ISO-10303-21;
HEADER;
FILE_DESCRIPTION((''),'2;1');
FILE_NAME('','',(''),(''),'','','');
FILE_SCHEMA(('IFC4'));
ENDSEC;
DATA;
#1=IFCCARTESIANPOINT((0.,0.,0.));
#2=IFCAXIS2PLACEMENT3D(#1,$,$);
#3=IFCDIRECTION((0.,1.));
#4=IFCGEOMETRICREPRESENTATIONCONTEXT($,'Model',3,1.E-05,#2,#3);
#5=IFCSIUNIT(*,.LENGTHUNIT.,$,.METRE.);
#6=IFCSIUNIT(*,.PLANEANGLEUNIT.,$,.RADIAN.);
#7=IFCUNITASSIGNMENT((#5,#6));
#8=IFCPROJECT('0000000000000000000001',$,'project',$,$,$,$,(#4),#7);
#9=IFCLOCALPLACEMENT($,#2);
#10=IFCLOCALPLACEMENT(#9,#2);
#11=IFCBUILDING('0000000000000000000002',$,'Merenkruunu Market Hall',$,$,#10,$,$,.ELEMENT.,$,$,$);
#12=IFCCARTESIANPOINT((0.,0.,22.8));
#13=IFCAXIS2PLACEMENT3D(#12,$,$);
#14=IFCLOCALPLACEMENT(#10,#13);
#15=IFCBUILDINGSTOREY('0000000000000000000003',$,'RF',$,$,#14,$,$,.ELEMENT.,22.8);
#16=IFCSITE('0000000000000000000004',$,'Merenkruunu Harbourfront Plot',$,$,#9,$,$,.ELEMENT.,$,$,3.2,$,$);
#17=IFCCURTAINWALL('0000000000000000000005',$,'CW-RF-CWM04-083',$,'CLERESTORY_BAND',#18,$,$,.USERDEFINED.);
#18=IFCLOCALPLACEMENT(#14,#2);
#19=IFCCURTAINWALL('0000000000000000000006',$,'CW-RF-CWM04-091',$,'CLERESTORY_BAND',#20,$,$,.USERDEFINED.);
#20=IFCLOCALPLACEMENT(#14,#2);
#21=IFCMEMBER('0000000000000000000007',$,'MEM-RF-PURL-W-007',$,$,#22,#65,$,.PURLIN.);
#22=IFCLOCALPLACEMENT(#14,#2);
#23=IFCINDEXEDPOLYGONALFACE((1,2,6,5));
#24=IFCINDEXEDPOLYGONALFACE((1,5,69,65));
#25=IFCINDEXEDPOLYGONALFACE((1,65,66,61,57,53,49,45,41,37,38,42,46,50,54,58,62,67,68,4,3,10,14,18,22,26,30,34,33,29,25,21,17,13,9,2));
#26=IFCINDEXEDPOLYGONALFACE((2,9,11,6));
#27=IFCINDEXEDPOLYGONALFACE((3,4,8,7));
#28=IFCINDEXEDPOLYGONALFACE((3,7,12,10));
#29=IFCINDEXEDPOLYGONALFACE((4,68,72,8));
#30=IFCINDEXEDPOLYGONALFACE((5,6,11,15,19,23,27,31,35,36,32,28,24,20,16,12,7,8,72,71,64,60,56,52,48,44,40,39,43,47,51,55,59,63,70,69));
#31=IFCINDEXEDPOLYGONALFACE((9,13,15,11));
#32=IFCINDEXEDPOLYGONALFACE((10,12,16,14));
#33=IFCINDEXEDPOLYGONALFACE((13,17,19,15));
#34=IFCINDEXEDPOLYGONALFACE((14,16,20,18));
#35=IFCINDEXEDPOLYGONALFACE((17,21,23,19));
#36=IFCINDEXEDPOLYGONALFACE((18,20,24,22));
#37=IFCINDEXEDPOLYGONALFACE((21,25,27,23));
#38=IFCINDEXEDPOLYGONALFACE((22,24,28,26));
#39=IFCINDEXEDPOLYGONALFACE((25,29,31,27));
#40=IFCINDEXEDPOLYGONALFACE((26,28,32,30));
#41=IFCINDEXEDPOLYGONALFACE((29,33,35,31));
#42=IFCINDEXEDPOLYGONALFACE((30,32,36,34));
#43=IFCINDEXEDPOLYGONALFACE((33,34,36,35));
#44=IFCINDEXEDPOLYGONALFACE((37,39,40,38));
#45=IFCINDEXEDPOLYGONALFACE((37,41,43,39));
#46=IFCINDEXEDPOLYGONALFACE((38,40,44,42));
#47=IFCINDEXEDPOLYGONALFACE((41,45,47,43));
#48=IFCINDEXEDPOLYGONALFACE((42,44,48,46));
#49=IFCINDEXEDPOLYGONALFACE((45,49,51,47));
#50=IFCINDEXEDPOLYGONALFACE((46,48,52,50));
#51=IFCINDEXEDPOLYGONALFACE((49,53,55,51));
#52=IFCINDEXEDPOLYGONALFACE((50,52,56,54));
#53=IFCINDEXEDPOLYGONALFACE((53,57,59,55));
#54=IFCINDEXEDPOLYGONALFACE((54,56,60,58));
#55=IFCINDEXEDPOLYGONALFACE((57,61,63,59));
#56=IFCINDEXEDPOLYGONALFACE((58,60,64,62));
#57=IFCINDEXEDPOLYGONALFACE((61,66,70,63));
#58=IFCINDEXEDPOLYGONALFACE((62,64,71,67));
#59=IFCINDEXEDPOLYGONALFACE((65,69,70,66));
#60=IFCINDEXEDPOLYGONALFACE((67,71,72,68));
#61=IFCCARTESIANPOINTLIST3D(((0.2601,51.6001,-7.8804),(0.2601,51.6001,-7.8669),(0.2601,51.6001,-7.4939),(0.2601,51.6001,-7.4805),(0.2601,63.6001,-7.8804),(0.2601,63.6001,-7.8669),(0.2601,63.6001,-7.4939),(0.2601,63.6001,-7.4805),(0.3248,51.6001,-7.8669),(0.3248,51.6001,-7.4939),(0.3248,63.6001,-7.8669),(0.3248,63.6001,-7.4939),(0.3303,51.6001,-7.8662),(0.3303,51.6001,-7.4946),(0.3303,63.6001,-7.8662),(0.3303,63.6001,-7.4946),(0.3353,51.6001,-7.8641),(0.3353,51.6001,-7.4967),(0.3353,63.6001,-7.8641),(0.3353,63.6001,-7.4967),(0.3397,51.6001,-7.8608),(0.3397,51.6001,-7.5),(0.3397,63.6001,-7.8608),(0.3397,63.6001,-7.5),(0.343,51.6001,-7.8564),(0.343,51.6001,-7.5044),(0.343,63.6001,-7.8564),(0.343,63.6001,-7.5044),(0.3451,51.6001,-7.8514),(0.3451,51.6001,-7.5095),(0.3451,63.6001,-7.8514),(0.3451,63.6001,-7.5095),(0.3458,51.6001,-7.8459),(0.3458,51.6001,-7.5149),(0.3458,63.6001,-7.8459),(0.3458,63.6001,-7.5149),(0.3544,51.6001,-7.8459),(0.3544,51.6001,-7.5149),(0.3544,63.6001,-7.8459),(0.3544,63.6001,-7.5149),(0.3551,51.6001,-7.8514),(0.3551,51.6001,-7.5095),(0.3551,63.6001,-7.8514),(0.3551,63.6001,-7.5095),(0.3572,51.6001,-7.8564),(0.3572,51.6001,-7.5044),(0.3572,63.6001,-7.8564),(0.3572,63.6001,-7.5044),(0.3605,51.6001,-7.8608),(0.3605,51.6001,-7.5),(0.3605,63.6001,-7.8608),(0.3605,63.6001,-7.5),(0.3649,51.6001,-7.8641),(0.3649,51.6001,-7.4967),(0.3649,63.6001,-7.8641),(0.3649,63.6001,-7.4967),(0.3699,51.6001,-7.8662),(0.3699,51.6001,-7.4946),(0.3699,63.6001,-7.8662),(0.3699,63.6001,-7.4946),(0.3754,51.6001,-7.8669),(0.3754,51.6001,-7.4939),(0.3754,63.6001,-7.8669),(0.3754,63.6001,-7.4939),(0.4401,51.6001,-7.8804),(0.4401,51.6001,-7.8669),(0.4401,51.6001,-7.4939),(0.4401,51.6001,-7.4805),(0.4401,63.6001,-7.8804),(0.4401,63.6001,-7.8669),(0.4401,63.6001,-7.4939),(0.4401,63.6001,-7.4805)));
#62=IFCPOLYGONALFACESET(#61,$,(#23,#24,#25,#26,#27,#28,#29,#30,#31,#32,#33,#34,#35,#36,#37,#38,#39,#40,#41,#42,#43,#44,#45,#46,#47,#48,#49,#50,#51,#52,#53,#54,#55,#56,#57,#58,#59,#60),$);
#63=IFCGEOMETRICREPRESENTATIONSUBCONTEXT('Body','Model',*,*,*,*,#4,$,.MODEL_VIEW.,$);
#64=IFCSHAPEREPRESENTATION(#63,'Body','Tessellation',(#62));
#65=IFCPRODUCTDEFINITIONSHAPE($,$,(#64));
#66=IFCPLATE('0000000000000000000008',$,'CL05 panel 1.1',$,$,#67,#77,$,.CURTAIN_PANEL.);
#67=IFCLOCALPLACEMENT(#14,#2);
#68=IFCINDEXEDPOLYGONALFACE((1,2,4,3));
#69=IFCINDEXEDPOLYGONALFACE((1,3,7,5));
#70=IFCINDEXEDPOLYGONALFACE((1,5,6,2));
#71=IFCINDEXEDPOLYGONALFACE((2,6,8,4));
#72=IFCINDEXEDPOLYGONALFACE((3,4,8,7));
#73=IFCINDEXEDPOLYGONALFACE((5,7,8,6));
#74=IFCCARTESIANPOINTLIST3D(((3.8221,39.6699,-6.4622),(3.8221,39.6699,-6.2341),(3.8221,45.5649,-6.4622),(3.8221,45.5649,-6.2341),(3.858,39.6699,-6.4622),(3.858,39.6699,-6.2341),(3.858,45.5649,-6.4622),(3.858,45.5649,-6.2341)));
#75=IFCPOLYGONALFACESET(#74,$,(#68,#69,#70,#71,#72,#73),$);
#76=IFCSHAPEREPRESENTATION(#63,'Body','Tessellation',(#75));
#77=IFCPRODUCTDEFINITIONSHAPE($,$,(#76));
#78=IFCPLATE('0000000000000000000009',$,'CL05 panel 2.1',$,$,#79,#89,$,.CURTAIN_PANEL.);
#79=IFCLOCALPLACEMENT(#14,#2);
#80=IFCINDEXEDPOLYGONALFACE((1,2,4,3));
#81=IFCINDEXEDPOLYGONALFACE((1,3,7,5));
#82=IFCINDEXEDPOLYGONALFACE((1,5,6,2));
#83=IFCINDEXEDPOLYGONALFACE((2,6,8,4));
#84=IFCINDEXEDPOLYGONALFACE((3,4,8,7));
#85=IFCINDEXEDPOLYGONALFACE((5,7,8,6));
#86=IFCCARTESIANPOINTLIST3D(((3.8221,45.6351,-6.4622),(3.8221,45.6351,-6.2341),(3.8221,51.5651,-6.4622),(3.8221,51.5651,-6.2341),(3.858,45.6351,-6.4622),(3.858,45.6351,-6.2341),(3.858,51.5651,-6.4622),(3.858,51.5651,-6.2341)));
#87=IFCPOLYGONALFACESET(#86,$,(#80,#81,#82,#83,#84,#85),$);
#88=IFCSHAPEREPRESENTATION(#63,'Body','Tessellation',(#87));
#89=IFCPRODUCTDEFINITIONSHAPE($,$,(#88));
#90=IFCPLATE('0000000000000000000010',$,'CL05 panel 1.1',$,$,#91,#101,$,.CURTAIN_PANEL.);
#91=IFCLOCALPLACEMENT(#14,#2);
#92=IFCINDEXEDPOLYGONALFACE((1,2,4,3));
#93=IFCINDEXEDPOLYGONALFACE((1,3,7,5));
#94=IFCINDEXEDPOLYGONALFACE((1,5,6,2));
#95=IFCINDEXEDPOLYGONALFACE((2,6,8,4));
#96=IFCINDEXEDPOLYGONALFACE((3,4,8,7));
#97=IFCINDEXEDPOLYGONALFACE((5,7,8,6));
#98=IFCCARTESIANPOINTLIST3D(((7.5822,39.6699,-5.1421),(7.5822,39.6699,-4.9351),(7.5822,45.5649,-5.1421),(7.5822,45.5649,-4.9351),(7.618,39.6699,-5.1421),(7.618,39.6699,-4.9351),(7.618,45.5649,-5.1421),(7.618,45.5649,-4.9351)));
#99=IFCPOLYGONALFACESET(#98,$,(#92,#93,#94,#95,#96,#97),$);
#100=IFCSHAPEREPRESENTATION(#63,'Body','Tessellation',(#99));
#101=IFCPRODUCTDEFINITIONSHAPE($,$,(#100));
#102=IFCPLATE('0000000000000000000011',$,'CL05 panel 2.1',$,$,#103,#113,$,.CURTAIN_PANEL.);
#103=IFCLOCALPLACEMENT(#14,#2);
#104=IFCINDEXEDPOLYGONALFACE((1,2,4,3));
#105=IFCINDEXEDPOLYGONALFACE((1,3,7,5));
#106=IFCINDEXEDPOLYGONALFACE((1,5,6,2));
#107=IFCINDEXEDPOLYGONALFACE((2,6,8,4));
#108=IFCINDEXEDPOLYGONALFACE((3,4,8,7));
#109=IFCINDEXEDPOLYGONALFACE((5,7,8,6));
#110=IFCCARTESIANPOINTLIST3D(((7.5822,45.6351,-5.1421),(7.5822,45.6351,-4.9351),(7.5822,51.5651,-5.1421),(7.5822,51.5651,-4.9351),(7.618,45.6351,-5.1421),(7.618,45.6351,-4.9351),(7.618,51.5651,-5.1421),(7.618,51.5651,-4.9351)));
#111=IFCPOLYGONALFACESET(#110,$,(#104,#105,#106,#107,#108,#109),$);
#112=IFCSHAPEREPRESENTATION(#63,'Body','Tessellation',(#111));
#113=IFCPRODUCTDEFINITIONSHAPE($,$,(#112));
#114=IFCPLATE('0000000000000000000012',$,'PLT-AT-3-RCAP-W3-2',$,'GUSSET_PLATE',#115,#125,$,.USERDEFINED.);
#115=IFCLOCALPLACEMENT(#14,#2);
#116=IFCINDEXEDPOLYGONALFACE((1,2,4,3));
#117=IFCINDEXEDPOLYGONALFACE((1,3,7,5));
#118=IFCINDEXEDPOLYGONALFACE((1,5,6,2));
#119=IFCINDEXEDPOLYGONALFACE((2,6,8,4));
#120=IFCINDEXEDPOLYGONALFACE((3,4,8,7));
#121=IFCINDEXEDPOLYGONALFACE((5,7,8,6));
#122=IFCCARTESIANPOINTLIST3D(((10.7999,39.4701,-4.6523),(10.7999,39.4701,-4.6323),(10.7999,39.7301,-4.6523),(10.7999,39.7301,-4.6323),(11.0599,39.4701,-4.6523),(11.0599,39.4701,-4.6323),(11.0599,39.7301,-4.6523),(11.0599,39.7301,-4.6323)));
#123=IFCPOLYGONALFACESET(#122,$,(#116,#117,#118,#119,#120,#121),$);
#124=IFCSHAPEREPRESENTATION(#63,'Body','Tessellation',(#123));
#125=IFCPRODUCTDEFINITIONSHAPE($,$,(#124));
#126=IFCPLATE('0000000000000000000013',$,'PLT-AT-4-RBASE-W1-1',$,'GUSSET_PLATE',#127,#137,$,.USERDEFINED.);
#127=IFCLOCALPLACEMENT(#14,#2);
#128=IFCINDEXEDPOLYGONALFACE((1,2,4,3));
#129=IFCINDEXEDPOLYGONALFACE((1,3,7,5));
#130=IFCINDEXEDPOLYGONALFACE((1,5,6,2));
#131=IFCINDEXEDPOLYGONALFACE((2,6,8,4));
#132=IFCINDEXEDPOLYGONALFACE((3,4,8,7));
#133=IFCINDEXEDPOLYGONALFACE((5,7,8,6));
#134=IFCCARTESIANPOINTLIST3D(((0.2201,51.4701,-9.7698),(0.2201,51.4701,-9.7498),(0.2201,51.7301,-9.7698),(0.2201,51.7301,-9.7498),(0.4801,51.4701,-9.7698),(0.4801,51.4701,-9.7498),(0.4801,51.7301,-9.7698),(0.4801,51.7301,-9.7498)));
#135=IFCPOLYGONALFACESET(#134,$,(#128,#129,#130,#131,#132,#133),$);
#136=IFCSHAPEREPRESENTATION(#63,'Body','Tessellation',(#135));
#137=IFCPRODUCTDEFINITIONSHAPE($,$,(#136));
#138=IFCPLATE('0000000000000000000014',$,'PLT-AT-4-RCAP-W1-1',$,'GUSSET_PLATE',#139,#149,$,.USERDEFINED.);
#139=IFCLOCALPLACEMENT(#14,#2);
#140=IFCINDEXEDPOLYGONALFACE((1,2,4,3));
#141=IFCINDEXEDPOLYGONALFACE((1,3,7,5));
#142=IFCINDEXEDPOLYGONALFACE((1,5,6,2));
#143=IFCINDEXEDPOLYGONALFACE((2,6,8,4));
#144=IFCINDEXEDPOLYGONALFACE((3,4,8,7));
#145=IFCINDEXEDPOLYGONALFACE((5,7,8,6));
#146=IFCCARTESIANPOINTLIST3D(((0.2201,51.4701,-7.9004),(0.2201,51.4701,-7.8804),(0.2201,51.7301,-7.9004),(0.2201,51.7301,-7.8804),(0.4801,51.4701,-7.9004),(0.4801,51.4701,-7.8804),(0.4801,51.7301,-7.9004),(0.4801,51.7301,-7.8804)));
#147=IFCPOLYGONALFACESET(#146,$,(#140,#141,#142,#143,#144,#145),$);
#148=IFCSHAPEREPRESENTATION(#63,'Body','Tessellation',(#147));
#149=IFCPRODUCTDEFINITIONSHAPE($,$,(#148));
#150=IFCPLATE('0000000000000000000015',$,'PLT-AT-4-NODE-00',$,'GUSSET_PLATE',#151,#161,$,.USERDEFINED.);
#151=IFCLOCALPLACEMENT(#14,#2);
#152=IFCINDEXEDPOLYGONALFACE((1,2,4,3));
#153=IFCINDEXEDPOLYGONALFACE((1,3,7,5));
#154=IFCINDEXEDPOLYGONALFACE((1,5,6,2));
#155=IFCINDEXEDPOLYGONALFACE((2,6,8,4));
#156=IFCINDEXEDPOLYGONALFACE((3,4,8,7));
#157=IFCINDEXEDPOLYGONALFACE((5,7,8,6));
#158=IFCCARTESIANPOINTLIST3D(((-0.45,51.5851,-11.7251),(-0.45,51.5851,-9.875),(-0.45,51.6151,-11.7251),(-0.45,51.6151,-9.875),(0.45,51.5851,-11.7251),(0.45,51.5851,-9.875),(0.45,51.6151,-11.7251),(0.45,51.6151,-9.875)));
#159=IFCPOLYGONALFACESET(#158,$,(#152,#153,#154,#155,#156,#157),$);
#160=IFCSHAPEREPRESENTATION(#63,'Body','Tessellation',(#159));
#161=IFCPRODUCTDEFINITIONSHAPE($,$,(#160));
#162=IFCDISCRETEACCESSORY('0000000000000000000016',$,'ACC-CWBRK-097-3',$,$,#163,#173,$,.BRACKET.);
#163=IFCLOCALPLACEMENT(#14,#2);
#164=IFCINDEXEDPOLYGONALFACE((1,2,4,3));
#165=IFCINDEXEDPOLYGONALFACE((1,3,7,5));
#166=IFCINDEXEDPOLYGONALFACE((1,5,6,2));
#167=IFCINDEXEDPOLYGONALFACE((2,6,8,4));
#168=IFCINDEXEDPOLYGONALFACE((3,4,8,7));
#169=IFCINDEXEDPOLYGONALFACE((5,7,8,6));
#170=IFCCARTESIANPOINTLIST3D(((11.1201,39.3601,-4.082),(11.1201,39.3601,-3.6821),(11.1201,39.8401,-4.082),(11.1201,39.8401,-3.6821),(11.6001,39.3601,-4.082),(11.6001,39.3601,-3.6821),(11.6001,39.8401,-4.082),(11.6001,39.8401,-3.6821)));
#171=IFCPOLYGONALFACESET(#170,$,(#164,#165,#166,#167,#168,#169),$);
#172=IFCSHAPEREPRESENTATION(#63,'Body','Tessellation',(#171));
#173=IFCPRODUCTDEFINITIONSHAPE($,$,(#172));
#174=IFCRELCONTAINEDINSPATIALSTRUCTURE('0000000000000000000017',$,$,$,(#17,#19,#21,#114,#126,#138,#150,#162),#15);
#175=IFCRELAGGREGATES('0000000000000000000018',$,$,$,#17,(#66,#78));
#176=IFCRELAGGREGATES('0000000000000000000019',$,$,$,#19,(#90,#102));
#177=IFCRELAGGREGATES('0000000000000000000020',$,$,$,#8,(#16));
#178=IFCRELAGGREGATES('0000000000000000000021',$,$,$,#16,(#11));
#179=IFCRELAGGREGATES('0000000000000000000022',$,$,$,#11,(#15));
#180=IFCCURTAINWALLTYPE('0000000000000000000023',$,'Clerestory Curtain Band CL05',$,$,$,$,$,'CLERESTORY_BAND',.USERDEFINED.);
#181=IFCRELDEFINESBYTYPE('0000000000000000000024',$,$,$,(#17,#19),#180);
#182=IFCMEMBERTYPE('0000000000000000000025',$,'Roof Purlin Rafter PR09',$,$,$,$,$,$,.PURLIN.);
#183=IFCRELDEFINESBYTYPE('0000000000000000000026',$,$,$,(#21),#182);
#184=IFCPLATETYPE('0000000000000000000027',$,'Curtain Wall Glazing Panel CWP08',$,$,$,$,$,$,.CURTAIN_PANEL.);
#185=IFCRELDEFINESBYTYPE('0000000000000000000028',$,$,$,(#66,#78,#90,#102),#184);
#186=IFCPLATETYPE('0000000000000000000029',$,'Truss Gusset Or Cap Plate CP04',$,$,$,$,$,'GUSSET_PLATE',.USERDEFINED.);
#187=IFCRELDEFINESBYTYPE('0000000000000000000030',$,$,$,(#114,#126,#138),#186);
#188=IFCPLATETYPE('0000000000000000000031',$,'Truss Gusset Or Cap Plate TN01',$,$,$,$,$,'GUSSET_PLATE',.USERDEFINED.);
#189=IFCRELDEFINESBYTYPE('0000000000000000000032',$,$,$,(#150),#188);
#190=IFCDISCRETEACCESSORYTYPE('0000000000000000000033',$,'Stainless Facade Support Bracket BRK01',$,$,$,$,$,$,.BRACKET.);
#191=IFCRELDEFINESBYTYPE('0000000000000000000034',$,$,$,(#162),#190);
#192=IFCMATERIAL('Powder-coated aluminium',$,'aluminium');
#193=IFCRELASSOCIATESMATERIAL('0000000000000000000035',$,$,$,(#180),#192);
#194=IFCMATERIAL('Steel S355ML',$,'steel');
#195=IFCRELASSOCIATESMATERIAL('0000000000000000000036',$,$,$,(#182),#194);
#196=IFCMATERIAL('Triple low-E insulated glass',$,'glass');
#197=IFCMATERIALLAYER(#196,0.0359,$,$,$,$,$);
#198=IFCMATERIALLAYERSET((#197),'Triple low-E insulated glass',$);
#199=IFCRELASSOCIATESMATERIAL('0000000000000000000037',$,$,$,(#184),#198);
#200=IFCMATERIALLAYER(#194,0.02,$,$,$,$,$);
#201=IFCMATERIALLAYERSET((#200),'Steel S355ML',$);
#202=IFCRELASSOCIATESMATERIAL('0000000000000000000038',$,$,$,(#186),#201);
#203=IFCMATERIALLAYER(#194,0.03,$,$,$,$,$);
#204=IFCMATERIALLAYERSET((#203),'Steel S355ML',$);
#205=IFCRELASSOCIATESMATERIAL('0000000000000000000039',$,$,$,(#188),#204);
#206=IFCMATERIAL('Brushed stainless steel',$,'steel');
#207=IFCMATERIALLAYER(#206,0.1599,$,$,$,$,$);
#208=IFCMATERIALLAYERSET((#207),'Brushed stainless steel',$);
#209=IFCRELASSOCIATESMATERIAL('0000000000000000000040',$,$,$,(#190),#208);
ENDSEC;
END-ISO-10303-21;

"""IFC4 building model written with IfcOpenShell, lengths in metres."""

from ifc_helpers import new_model, si_unit, direction, frame, origin, origin_2d, place, context, subcontext, project, spatial, rectangle, i_section, extrude, material, layer, layer_set, material_profile, profile_set, type_object, element, aggregate, save


model = new_model("IFC4")

# Units and contexts
model_context = context("Model", 3, precision=1e-05, world=origin(), true_north=direction((0.0, 1.0)))
body_context = subcontext(model_context, "Body", "Model", "MODEL_VIEW")
ifc_project = project(units=[si_unit("LENGTHUNIT", "METRE"), si_unit("PLANEANGLEUNIT", "RADIAN")], contexts=[model_context])

# Site, building, storey
site_placement = place(None, origin())
site = spatial("IfcSite", under=ifc_project, at=site_placement, Name="Merenkruunu Harbourfront Plot", CompositionType="ELEMENT", RefElevation=3.2)
building_placement = place(site_placement, origin())
building = spatial("IfcBuilding", under=site, at=building_placement, Name="Merenkruunu Market Hall", CompositionType="ELEMENT")
storey_placement = place(building_placement, frame((0.0, 0.0, 22.8)))
storey = spatial("IfcBuildingStorey", under=building, at=storey_placement, Name="RF", CompositionType="ELEMENT", Elevation=22.8)

# Shared definitions
ifc_material_1 = material(Name="Steel S355ML", Category="steel")

# Curtain walls
ifc_material_2 = material(Name="Powder-coated aluminium", Category="aluminium")
curtain_wall_type = type_object("IfcCurtainWallType", Name="Clerestory Curtain Band CL05", ElementType="CLERESTORY_BAND", PredefinedType="USERDEFINED", material=ifc_material_2)
curtain_wall_1_placement = place(storey_placement, origin())
curtain_wall_1 = element("IfcCurtainWall", 1, at=curtain_wall_1_placement, inside=storey, type_object=curtain_wall_type, Name="CW-RF-CWM04-083", ObjectType="CLERESTORY_BAND", PredefinedType="USERDEFINED")
curtain_wall_2_placement = place(storey_placement, origin())
curtain_wall_2 = element("IfcCurtainWall", 2, at=curtain_wall_2_placement, inside=storey, type_object=curtain_wall_type, Name="CW-RF-CWM04-091", ObjectType="CLERESTORY_BAND", PredefinedType="USERDEFINED")

# Member
ifc_material_profile_1 = material_profile(ifc_material_1, i_section(OverallWidth=0.1799, OverallDepth=0.3999, WebThickness=0.0085, FlangeThickness=0.0134, FilletRadius=0.021, at=origin_2d()), Name="IPE 400")
ifc_profile_set_1 = profile_set([ifc_material_profile_1], Name="Steel S355ML")
member_type_1 = type_object("IfcMemberType", Name="Roof Purlin Rafter PR09", PredefinedType="PURLIN", material=ifc_profile_set_1)
member_1_placement = place(storey_placement, frame((0.3501, 51.6001, -7.6804), z_axis=(0.0, 1.0, 0.0), x_axis=(-1.0, 0.0, 0.0)))
element("IfcMember", 3, at=member_1_placement, inside=storey, type_object=member_type_1, Name="MEM-RF-PURL-W-007", PredefinedType="PURLIN", context=body_context, shape_type="SweptSolid", body=[
    extrude(i_section(OverallWidth=0.1799, OverallDepth=0.3999, WebThickness=0.0085, FlangeThickness=0.0134, FilletRadius=0.021, at=origin_2d()), origin(), (0.0, 0.0, 1.0), 12.0),
])

# Plates
ifc_material_3 = material(Name="Triple low-E insulated glass", Category="glass")
ifc_layer_1 = layer(ifc_material_3, 0.0359)
ifc_layer_set_1 = layer_set([ifc_layer_1], Name="Triple low-E insulated glass")
plate_type_1 = type_object("IfcPlateType", Name="Curtain Wall Glazing Panel CWP08", PredefinedType="CURTAIN_PANEL", material=ifc_layer_set_1)
plate_1_placement = place(storey_placement, frame((3.8401, 42.6174, -6.4622), z_axis=(0.0, 0.0, 1.0), x_axis=(0.0, 1.0, 0.0)))
plate_1 = element("IfcPlate", 4, at=plate_1_placement, type_object=plate_type_1, Name="CL05 panel 1.1", PredefinedType="CURTAIN_PANEL", context=body_context, shape_type="SweptSolid", body=[
    extrude(rectangle(XDim=5.895, YDim=0.0359, at=origin_2d()), origin(), (0.0, 0.0, 1.0), 0.228),
])
plate_2_placement = place(storey_placement, frame((3.8401, 48.6001, -6.4622), z_axis=(0.0, 0.0, 1.0), x_axis=(0.0, 1.0, 0.0)))
plate_2 = element("IfcPlate", 5, at=plate_2_placement, type_object=plate_type_1, Name="CL05 panel 2.1", PredefinedType="CURTAIN_PANEL", context=body_context, shape_type="SweptSolid", body=[
    extrude(rectangle(XDim=5.9299, YDim=0.0359, at=origin_2d()), origin(), (0.0, 0.0, 1.0), 0.228),
])
aggregate(curtain_wall_1, [plate_1, plate_2])
plate_3_placement = place(storey_placement, frame((7.6001, 42.6174, -5.1421), z_axis=(0.0, 0.0, 1.0), x_axis=(0.0, 1.0, 0.0)))
plate_3 = element("IfcPlate", 6, at=plate_3_placement, type_object=plate_type_1, Name="CL05 panel 1.1", PredefinedType="CURTAIN_PANEL", context=body_context, shape_type="SweptSolid", body=[
    extrude(rectangle(XDim=5.895, YDim=0.0359, at=origin_2d()), origin(), (0.0, 0.0, 1.0), 0.207),
])
plate_4_placement = place(storey_placement, frame((7.6001, 48.6001, -5.1421), z_axis=(0.0, 0.0, 1.0), x_axis=(0.0, 1.0, 0.0)))
plate_4 = element("IfcPlate", 7, at=plate_4_placement, type_object=plate_type_1, Name="CL05 panel 2.1", PredefinedType="CURTAIN_PANEL", context=body_context, shape_type="SweptSolid", body=[
    extrude(rectangle(XDim=5.9299, YDim=0.0359, at=origin_2d()), origin(), (0.0, 0.0, 1.0), 0.207),
])
aggregate(curtain_wall_2, [plate_3, plate_4])

# Plates
ifc_layer_2 = layer(ifc_material_1, 0.02)
ifc_layer_set_2 = layer_set([ifc_layer_2], Name="Steel S355ML")
plate_type_2 = type_object("IfcPlateType", Name="Truss Gusset Or Cap Plate CP04", ElementType="GUSSET_PLATE", PredefinedType="USERDEFINED", material=ifc_layer_set_2)
for number, where, z_axis, x_axis, name in (
    (8, (10.9299, 39.6001, -4.6523), (0.0, 0.0, 1.0), (1.0, 0.0, 0.0), "PLT-AT-3-RCAP-W3-2"),
    (9, (0.3501, 51.6001, -9.7698), (0.0, 0.0, 1.0), (1.0, 0.0, 0.0), "PLT-AT-4-RBASE-W1-1"),
    (10, (0.3501, 51.6001, -7.9004), (0.0, 0.0, 1.0), (1.0, 0.0, 0.0), "PLT-AT-4-RCAP-W1-1"),
):
    element("IfcPlate", number, at=place(storey_placement, frame(where, z_axis=z_axis, x_axis=x_axis)), inside=storey, type_object=plate_type_2, Name=name, ObjectType="GUSSET_PLATE", PredefinedType="USERDEFINED", context=body_context, shape_type="SweptSolid", body=[
        extrude(rectangle(XDim=0.26, YDim=0.26, at=origin_2d()), origin(), (0.0, 0.0, 1.0), 0.02),
    ])
ifc_layer_3 = layer(ifc_material_1, 0.03)
ifc_layer_set_3 = layer_set([ifc_layer_3], Name="Steel S355ML")
plate_type_3 = type_object("IfcPlateType", Name="Truss Gusset Or Cap Plate TN01", ElementType="GUSSET_PLATE", PredefinedType="USERDEFINED", material=ifc_layer_set_3)
plate_5_placement = place(storey_placement, frame((0.0, 51.6001, -11.7251), z_axis=(0.0, 0.0, 1.0), x_axis=(1.0, 0.0, 0.0)))
element("IfcPlate", 11, at=plate_5_placement, inside=storey, type_object=plate_type_3, Name="PLT-AT-4-NODE-00", ObjectType="GUSSET_PLATE", PredefinedType="USERDEFINED", context=body_context, shape_type="SweptSolid", body=[
    extrude(rectangle(XDim=0.8999, YDim=0.03, at=origin_2d()), origin(), (0.0, 0.0, 1.0), 1.8501),
])

# Discrete accessory
ifc_material_4 = material(Name="Brushed stainless steel", Category="steel")
ifc_layer_4 = layer(ifc_material_4, 0.1599)
ifc_layer_set_4 = layer_set([ifc_layer_4], Name="Brushed stainless steel")
discrete_accessory_type = type_object("IfcDiscreteAccessoryType", Name="Stainless Facade Support Bracket BRK01", PredefinedType="BRACKET", material=ifc_layer_set_4)
discrete_accessory_placement = place(storey_placement, frame((11.3601, 39.6001, -4.082), z_axis=(0.0, 0.0, 1.0), x_axis=(1.0, 0.0, 0.0)))
element("IfcDiscreteAccessory", 12, at=discrete_accessory_placement, inside=storey, type_object=discrete_accessory_type, Name="ACC-CWBRK-097-3", PredefinedType="BRACKET", context=body_context, shape_type="SweptSolid", body=[
    extrude(rectangle(XDim=0.48, YDim=0.48, at=origin_2d()), origin(), (0.0, 0.0, 1.0), 0.3999),
])

save(model, "model.ifc")
